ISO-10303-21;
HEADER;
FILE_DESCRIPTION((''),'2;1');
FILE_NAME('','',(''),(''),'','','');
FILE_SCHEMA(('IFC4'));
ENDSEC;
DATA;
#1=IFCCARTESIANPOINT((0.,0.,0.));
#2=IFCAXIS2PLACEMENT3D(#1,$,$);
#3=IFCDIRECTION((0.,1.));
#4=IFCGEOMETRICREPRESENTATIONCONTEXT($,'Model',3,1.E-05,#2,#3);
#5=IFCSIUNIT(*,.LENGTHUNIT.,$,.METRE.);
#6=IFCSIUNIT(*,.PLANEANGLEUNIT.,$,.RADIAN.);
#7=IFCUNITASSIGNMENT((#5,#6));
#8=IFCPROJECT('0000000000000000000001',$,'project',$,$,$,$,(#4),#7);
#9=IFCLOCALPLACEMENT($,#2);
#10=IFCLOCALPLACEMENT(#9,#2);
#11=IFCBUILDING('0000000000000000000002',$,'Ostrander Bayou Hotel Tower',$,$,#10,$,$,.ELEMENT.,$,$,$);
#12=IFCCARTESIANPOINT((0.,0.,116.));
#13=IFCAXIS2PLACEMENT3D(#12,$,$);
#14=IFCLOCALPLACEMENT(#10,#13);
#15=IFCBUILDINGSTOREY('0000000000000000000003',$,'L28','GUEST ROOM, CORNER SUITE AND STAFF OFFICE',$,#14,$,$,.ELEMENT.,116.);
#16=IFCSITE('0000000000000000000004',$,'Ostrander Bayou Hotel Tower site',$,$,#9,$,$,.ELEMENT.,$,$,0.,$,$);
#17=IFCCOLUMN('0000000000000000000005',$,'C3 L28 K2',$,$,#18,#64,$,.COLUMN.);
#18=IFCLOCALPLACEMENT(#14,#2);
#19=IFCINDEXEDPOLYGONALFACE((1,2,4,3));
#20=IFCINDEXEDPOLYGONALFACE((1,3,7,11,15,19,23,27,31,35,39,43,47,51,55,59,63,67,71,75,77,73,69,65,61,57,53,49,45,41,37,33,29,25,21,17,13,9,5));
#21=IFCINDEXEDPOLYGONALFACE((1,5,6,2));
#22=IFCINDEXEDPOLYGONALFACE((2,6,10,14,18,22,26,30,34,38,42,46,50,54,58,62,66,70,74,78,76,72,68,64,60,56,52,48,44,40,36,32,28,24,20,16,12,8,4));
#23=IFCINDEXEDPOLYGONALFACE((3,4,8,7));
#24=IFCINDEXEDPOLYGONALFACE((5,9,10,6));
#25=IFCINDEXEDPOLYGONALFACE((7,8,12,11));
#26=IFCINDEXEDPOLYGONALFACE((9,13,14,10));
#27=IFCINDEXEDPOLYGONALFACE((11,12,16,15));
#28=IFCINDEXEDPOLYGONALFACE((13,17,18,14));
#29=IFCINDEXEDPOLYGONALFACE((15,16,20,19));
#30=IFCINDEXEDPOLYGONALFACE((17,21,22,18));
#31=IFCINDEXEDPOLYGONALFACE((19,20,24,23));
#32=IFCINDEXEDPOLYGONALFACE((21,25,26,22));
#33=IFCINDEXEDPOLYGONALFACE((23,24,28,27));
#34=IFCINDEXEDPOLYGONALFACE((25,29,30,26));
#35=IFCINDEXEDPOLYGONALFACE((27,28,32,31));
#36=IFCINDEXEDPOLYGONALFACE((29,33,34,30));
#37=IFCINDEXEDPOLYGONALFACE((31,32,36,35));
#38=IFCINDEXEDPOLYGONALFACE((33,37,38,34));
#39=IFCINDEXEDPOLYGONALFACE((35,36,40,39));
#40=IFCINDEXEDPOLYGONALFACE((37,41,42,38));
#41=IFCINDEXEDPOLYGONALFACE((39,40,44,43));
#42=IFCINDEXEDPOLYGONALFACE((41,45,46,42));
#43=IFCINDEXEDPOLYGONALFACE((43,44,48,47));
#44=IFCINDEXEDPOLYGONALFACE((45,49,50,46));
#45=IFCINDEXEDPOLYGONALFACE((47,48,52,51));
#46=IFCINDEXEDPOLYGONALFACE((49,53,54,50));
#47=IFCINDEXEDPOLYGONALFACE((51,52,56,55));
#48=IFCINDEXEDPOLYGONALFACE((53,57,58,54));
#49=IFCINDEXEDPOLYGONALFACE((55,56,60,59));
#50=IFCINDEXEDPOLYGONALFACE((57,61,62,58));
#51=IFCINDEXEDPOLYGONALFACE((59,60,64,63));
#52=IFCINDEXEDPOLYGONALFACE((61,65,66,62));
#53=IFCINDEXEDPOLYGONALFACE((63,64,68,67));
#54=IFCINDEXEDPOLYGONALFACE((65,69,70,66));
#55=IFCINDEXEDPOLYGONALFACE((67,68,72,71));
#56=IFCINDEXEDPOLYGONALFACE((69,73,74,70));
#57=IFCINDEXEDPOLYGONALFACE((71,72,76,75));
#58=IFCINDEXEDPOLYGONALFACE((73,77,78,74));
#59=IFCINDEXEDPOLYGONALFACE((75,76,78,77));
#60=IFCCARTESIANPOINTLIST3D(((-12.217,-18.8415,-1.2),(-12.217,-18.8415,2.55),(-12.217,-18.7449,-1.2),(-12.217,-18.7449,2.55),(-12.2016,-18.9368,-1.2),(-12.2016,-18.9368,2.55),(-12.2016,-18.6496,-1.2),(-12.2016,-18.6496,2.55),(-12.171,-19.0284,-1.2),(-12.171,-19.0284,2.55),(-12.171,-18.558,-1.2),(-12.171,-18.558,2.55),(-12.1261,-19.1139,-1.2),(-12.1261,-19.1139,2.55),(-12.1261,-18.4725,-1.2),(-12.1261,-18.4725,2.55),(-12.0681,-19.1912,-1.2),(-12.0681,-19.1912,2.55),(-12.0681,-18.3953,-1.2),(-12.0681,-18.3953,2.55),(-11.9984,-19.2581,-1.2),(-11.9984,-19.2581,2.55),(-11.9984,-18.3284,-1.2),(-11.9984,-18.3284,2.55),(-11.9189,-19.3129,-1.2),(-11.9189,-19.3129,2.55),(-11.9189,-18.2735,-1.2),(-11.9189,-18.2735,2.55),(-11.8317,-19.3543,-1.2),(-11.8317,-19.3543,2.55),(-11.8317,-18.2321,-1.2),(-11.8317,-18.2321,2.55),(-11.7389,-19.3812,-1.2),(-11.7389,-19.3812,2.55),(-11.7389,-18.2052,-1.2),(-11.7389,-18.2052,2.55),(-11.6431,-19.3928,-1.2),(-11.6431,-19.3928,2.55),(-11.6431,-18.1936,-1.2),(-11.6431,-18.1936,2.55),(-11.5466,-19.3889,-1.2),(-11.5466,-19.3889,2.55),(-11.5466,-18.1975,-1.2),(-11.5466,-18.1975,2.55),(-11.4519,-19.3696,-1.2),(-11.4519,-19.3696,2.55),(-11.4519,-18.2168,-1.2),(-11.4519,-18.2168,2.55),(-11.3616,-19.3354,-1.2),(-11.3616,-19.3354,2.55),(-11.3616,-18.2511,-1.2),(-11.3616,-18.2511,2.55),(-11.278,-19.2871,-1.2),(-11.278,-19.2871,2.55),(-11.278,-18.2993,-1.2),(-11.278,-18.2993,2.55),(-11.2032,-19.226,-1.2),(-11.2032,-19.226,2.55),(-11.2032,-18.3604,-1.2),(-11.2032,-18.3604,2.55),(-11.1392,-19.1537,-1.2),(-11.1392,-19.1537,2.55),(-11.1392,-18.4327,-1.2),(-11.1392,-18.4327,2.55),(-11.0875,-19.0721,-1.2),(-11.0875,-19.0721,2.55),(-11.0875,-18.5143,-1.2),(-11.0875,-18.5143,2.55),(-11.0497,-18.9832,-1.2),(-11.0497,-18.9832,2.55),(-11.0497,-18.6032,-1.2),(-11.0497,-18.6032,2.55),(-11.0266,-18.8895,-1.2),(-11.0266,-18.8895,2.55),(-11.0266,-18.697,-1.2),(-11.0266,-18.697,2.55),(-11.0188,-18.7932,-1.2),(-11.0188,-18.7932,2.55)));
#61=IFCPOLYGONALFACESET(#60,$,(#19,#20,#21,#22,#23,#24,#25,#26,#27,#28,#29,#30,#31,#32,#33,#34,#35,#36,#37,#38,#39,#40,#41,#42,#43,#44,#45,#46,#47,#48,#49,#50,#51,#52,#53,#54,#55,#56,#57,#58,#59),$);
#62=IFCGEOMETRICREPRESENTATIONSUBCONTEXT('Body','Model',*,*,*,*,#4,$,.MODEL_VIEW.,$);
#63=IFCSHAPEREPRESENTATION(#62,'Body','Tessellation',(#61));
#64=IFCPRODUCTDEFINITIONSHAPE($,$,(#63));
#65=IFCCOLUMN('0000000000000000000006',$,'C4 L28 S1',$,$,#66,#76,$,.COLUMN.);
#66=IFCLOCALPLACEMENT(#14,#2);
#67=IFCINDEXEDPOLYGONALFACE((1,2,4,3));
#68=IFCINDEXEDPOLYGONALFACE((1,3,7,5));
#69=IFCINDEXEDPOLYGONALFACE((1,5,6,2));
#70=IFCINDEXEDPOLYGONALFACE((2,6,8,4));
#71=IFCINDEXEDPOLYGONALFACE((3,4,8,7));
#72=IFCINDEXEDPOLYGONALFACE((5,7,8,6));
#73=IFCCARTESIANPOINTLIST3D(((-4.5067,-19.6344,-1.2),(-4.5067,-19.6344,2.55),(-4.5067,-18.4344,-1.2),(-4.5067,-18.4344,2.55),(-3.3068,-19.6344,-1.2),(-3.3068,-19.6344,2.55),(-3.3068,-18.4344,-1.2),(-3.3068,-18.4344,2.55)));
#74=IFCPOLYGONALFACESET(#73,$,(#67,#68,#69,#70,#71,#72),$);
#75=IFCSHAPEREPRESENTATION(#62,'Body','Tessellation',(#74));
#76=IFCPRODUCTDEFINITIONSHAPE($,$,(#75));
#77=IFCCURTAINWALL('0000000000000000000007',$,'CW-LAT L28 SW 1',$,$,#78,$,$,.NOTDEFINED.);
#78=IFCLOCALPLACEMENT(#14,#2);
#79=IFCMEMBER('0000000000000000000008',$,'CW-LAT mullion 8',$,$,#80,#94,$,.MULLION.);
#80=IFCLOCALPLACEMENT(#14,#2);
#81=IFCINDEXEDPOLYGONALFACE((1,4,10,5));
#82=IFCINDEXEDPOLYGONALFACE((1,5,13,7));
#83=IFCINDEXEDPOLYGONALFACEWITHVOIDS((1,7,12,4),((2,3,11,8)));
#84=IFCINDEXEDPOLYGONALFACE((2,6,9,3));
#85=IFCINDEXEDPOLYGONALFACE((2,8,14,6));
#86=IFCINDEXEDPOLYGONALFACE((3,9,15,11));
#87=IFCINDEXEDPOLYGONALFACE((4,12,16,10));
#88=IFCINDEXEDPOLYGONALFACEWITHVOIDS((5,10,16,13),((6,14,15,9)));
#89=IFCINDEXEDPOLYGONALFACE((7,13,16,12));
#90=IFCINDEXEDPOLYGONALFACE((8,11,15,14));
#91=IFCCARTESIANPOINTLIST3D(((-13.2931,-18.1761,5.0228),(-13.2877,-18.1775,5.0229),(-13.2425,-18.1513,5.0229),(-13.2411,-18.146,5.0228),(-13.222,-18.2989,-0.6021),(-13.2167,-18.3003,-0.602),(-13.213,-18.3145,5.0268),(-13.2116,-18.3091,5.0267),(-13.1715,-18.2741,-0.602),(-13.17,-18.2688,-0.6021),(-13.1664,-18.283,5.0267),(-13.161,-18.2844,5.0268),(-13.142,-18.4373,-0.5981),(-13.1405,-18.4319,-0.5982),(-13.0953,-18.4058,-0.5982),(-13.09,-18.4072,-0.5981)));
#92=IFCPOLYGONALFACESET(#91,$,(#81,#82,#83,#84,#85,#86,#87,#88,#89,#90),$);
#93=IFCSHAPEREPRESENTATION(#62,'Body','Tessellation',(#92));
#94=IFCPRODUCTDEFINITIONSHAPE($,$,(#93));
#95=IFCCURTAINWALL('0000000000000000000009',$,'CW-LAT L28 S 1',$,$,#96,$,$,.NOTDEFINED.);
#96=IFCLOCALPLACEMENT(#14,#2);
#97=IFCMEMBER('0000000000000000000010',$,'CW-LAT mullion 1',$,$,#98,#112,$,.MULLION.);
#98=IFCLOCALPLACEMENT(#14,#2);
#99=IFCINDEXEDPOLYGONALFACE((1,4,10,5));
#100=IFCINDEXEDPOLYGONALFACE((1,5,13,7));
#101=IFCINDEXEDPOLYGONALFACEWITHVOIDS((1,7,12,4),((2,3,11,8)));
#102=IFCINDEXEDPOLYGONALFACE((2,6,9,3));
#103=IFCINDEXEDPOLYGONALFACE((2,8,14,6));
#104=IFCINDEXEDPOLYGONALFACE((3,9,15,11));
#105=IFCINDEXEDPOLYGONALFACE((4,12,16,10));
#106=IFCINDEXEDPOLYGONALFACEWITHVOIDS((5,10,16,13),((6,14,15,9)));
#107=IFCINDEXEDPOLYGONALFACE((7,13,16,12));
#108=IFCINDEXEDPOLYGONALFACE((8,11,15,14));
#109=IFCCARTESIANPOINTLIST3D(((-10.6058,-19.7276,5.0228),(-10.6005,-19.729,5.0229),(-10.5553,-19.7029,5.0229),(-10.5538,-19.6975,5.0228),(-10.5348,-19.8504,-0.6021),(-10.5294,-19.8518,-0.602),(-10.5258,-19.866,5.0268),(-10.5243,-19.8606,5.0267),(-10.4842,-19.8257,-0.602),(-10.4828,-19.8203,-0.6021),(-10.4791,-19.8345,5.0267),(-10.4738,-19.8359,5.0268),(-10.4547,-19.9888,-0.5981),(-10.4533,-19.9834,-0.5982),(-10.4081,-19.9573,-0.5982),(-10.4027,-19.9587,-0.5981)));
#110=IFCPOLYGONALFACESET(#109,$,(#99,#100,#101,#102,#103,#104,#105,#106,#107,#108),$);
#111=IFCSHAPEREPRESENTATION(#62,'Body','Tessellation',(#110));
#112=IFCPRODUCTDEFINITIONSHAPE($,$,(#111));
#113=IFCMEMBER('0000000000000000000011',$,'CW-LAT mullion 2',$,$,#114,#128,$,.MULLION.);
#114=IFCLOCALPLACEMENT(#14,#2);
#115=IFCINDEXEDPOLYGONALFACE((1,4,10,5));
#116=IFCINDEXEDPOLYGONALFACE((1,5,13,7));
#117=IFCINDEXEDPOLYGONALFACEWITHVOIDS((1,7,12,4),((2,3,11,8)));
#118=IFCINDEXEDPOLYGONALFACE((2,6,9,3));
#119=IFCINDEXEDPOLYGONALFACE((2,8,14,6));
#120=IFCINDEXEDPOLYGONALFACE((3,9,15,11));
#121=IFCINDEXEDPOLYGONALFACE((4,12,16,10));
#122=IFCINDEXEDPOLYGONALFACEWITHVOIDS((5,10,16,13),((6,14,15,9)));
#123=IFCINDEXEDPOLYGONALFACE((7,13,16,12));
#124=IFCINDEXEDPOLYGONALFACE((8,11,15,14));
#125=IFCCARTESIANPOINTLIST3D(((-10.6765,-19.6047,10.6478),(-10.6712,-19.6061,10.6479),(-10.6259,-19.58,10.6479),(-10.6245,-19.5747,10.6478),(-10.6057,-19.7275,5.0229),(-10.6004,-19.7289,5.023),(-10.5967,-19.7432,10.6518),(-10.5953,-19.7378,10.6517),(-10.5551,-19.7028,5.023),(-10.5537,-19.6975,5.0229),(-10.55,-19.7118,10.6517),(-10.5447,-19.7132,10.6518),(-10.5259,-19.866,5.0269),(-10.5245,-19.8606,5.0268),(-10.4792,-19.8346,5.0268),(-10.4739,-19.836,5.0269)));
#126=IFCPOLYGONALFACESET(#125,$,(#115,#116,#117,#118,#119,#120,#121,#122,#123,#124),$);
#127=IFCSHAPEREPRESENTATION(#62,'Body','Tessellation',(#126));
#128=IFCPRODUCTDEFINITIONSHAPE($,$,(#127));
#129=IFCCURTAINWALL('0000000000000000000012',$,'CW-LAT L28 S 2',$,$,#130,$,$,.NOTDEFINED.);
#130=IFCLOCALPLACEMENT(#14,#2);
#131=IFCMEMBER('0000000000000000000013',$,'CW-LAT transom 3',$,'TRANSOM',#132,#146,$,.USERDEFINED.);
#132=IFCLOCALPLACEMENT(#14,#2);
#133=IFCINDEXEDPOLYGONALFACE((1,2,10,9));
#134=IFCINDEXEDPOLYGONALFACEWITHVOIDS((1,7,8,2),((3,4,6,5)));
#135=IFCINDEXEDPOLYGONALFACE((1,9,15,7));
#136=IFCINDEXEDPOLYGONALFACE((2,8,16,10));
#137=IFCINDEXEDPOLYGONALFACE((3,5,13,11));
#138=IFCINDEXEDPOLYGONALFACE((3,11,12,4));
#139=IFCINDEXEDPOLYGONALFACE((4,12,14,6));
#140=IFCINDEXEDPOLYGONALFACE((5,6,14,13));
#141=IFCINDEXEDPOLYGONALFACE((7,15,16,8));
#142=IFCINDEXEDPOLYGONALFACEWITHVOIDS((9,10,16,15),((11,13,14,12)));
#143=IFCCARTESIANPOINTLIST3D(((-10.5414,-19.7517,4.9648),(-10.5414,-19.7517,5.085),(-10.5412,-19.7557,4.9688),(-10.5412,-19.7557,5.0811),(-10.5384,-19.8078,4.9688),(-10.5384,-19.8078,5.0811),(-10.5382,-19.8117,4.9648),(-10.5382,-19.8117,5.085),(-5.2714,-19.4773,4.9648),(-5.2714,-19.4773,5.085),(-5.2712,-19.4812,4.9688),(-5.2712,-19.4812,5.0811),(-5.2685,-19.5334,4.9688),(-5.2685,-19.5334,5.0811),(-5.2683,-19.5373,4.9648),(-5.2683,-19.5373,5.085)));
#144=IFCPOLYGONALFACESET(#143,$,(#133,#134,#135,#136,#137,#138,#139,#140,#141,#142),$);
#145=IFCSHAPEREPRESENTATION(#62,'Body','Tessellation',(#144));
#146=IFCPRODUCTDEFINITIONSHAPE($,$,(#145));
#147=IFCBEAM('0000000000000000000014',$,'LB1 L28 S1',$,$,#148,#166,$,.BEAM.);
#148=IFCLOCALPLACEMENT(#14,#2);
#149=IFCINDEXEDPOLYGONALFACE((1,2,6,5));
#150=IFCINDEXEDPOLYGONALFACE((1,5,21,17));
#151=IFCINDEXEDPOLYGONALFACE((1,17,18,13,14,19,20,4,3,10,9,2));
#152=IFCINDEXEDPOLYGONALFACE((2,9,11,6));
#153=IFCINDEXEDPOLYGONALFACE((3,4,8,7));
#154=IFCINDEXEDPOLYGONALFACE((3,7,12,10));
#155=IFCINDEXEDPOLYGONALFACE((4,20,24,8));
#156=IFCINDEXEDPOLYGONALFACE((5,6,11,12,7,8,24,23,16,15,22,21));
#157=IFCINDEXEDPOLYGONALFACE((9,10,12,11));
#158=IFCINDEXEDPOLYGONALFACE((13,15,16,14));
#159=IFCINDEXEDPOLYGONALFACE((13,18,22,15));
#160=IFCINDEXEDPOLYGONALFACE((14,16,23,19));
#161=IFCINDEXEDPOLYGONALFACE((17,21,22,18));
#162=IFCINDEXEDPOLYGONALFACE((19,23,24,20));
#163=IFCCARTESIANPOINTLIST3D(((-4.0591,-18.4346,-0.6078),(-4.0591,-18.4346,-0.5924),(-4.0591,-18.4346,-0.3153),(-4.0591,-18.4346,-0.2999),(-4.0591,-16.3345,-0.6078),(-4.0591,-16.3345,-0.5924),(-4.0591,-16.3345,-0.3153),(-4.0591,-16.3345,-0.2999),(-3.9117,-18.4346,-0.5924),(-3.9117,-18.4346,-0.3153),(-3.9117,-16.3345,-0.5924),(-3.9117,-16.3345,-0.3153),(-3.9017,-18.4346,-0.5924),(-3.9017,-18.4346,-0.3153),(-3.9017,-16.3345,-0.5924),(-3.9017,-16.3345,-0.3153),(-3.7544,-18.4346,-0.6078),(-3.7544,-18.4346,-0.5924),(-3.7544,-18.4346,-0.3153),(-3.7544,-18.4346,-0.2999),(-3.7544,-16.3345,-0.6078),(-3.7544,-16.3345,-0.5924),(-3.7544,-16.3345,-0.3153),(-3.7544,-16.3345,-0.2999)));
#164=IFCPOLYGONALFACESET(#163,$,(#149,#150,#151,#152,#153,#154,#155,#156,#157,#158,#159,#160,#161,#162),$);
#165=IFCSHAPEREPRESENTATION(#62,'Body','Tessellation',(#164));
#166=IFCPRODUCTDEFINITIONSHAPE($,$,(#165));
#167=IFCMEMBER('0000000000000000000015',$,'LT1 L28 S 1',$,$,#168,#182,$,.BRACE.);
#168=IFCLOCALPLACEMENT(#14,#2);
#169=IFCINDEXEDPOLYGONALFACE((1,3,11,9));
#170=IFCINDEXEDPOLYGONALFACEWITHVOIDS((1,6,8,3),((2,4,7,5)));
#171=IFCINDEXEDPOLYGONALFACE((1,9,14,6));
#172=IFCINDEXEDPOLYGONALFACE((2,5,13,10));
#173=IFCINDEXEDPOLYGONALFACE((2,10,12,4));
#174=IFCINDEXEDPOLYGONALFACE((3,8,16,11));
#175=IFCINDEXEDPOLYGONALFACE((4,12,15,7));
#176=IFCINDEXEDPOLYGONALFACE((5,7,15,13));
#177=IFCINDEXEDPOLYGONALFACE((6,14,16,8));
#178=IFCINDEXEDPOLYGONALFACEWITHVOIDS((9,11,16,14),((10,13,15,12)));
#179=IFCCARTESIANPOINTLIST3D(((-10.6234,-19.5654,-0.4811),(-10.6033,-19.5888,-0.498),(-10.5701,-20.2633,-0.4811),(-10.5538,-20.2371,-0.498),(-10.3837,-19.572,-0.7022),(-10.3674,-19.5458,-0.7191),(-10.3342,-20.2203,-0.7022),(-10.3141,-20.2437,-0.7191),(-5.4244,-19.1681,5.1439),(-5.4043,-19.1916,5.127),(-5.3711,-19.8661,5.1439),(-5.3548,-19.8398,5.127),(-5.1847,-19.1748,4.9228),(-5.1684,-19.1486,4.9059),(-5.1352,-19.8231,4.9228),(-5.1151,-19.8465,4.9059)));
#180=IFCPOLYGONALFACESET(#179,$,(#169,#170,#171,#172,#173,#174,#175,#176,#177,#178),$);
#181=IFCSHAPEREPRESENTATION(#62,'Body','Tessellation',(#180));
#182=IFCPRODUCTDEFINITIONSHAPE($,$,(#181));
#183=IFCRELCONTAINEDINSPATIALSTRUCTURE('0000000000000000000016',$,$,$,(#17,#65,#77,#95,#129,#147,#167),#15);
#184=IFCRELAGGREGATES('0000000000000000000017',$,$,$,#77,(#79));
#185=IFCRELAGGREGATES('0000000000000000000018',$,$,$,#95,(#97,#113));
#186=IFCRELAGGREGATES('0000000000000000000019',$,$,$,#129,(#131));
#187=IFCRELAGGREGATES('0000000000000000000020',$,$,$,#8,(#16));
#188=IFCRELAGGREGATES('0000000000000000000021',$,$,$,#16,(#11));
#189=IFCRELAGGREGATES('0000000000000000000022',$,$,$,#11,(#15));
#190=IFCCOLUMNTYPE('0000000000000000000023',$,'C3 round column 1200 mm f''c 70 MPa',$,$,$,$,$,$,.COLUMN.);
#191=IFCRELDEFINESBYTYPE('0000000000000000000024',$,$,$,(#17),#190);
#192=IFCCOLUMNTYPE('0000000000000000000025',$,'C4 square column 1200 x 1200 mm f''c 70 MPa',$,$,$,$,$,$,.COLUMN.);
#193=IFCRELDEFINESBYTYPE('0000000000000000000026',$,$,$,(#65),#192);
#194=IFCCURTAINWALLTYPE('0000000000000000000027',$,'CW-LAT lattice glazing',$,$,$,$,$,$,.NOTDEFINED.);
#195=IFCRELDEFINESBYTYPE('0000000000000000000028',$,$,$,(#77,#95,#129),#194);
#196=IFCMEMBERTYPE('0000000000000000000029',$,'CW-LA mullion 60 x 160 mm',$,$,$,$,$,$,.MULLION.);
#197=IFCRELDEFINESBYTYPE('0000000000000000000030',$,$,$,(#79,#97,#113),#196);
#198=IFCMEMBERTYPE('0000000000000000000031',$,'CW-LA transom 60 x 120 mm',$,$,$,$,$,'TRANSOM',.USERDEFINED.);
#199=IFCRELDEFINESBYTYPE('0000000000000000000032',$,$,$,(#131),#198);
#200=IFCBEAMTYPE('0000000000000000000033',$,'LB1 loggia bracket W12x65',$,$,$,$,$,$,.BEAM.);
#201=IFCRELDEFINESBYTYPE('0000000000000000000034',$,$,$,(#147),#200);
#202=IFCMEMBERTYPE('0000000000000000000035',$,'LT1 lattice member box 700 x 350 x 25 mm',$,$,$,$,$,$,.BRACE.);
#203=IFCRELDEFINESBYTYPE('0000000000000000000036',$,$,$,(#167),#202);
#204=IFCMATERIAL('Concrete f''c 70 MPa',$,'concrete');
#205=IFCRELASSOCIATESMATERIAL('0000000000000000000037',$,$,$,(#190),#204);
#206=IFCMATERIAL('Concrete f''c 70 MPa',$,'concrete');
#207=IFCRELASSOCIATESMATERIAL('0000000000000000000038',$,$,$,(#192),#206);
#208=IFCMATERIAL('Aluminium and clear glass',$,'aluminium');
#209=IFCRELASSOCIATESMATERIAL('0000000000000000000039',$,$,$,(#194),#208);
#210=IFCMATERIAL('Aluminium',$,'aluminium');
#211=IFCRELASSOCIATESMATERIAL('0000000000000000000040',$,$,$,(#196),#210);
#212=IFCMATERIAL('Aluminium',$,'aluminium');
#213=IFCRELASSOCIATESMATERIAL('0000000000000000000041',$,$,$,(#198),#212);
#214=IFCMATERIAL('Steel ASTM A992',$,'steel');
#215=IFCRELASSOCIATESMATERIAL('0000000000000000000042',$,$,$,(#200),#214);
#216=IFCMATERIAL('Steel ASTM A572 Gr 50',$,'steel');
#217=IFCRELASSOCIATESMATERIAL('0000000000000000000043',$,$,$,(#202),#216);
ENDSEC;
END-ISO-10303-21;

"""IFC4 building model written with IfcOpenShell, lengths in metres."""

from ifc_helpers import new_model, si_unit, direction, frame, origin, origin_2d, place, context, subcontext, project, spatial, rectangle, hollow_rectangle, circle, i_section, extrude, material, material_profile, profile_set, type_object, element, aggregate, save


model = new_model("IFC4")

# Units and contexts
model_context = context("Model", 3, precision=1e-05, world=origin(), true_north=direction((0.0, 1.0)))
body_context = subcontext(model_context, "Body", "Model", "MODEL_VIEW")
ifc_project = project(units=[si_unit("LENGTHUNIT", "METRE"), si_unit("PLANEANGLEUNIT", "RADIAN")], contexts=[model_context])

# Site, building, storey
site_placement = place(None, origin())
site = spatial("IfcSite", under=ifc_project, at=site_placement, Name="Ostrander Bayou Hotel Tower site", CompositionType="ELEMENT", RefElevation=0.0)
building_placement = place(site_placement, origin())
building = spatial("IfcBuilding", under=site, at=building_placement, Name="Ostrander Bayou Hotel Tower", CompositionType="ELEMENT")
storey_placement = place(building_placement, frame((0.0, 0.0, 116.0)))
storey = spatial("IfcBuildingStorey", under=building, at=storey_placement, Name="L28", Description="GUEST ROOM, CORNER SUITE AND STAFF OFFICE", CompositionType="ELEMENT", Elevation=116.0)

# Columns
ifc_material_1 = material(Name="Concrete f'c 70 MPa", Category="concrete")
ifc_material_profile_1 = material_profile(ifc_material_1, circle(Radius=0.6001, at=origin_2d()))
ifc_profile_set_1 = profile_set([ifc_material_profile_1], Name="Concrete f'c 70 MPa")
column_type_1 = type_object("IfcColumnType", Name="C3 round column 1200 mm f'c 70 MPa", PredefinedType="COLUMN", material=ifc_profile_set_1)
column_1_placement = place(storey_placement, frame((-11.6189, -18.7932, -1.2), z_axis=(0.0, 0.0, 1.0), x_axis=(1.0, 0.0, 0.0)))
element("IfcColumn", 1, at=column_1_placement, inside=storey, type_object=column_type_1, Name="C3 L28 K2", PredefinedType="COLUMN", context=body_context, shape_type="SweptSolid", body=[
    extrude(circle(Radius=0.6001, at=origin_2d()), origin(), (0.0, 0.0, 1.0), 3.75),
])
ifc_material_2 = material(Name="Concrete f'c 70 MPa", Category="concrete")
ifc_material_profile_2 = material_profile(ifc_material_2, rectangle(XDim=1.2, YDim=1.2, at=origin_2d()))
ifc_profile_set_2 = profile_set([ifc_material_profile_2], Name="Concrete f'c 70 MPa")
column_type_2 = type_object("IfcColumnType", Name="C4 square column 1200 x 1200 mm f'c 70 MPa", PredefinedType="COLUMN", material=ifc_profile_set_2)
column_2_placement = place(storey_placement, frame((-3.9067, -19.0344, -1.2), z_axis=(0.0, 0.0, 1.0), x_axis=(-1.0, 0.0, 0.0)))
element("IfcColumn", 2, at=column_2_placement, inside=storey, type_object=column_type_2, Name="C4 L28 S1", PredefinedType="COLUMN", context=body_context, shape_type="SweptSolid", body=[
    extrude(rectangle(XDim=1.2, YDim=1.2, at=origin_2d()), origin(), (0.0, 0.0, 1.0), 3.75),
])

# Curtain wall, member
ifc_material_3 = material(Name="Aluminium and clear glass", Category="aluminium")
curtain_wall_type = type_object("IfcCurtainWallType", Name="CW-LAT lattice glazing", PredefinedType="NOTDEFINED", material=ifc_material_3)
curtain_wall_1_placement = place(storey_placement, origin())
curtain_wall_1 = element("IfcCurtainWall", 3, at=curtain_wall_1_placement, inside=storey, type_object=curtain_wall_type, Name="CW-LAT L28 SW 1", PredefinedType="NOTDEFINED")
ifc_material_4 = material(Name="Aluminium", Category="aluminium")
ifc_material_profile_3 = material_profile(ifc_material_4, hollow_rectangle(XDim=0.0601, YDim=0.1599, WallThickness=0.0039, at=origin_2d()))
ifc_profile_set_3 = profile_set([ifc_material_profile_3], Name="Aluminium")
member_type_1 = type_object("IfcMemberType", Name="CW-LA mullion 60 x 160 mm", PredefinedType="MULLION", material=ifc_profile_set_3)
member_1_placement = place(storey_placement, frame((-13.156, -18.353, -0.6001), z_axis=(-0.012626, 0.021825, 0.999682), x_axis=(-0.865583, -0.500765, 0.0)))
member_1 = element("IfcMember", 4, at=member_1_placement, type_object=member_type_1, Name="CW-LAT mullion 8", PredefinedType="MULLION", context=body_context, shape_type="SweptSolid", body=[
    extrude(hollow_rectangle(XDim=0.0601, YDim=0.1599, WallThickness=0.0039, at=origin_2d()), origin(), (0.0, 0.0, 1.0), 5.6267),
])
aggregate(curtain_wall_1, [member_1])

# Curtain wall, members
curtain_wall_2_placement = place(storey_placement, origin())
curtain_wall_2 = element("IfcCurtainWall", 5, at=curtain_wall_2_placement, inside=storey, type_object=curtain_wall_type, Name="CW-LAT L28 S 1", PredefinedType="NOTDEFINED")
member_2_placement = place(storey_placement, frame((-10.4688, -19.9045, -0.6001), z_axis=(-0.012626, 0.021825, 0.999682), x_axis=(-0.865583, -0.500765, 0.0)))
member_2 = element("IfcMember", 6, at=member_2_placement, type_object=member_type_1, Name="CW-LAT mullion 1", PredefinedType="MULLION", context=body_context, shape_type="SweptSolid", body=[
    extrude(hollow_rectangle(XDim=0.0601, YDim=0.1599, WallThickness=0.0039, at=origin_2d()), origin(), (0.0, 0.0, 1.0), 5.6267),
])
member_3_placement = place(storey_placement, frame((-10.5398, -19.7817, 5.0249), z_axis=(-0.012583, 0.021825, 0.999683), x_axis=(-0.866329, -0.499474, 0.0)))
member_3 = element("IfcMember", 7, at=member_3_placement, type_object=member_type_1, Name="CW-LAT mullion 2", PredefinedType="MULLION", context=body_context, shape_type="SweptSolid", body=[
    extrude(hollow_rectangle(XDim=0.0601, YDim=0.1599, WallThickness=0.0039, at=origin_2d()), origin(), (0.0, 0.0, 1.0), 5.6267),
])

# Curtain wall, member
curtain_wall_3_placement = place(storey_placement, origin())
curtain_wall_3 = element("IfcCurtainWall", 8, at=curtain_wall_3_placement, inside=storey, type_object=curtain_wall_type, Name="CW-LAT L28 S 2", PredefinedType="NOTDEFINED")
ifc_material_5 = material(Name="Aluminium", Category="aluminium")
ifc_material_profile_4 = material_profile(ifc_material_5, hollow_rectangle(XDim=0.0601, YDim=0.1201, WallThickness=0.0039, at=origin_2d()))
ifc_profile_set_4 = profile_set([ifc_material_profile_4], Name="Aluminium")
member_type_2 = type_object("IfcMemberType", Name="CW-LA transom 60 x 120 mm", ElementType="TRANSOM", PredefinedType="USERDEFINED", material=ifc_profile_set_4)
member_4_placement = place(storey_placement, frame((-10.5398, -19.7817, 5.0249), z_axis=(0.998647, 0.052, 0.0), x_axis=(-0.052, 0.998647, 0.0)))
member_4 = element("IfcMember", 9, at=member_4_placement, type_object=member_type_2, Name="CW-LAT transom 3", ObjectType="TRANSOM", PredefinedType="USERDEFINED", context=body_context, shape_type="SweptSolid", body=[
    extrude(hollow_rectangle(XDim=0.0601, YDim=0.1201, WallThickness=0.0039, at=origin_2d()), origin(), (0.0, 0.0, 1.0), 5.2771),
])

# Beam
ifc_material_6 = material(Name="Steel ASTM A992", Category="steel")
ifc_material_profile_5 = material_profile(ifc_material_6, i_section(OverallWidth=0.3047, OverallDepth=0.3079, WebThickness=0.01, FlangeThickness=0.0154, at=origin_2d()))
ifc_profile_set_5 = profile_set([ifc_material_profile_5], Name="Steel ASTM A992")
beam_type_1 = type_object("IfcBeamType", Name="LB1 loggia bracket W12x65", PredefinedType="BEAM", material=ifc_profile_set_5)
beam_1_placement = place(storey_placement, frame((-3.9067, -18.4346, -0.4539), z_axis=(0.0, 1.0, 0.0), x_axis=(-1.0, 0.0, 0.0)))
element("IfcBeam", 10, at=beam_1_placement, inside=storey, type_object=beam_type_1, Name="LB1 L28 S1", PredefinedType="BEAM", context=body_context, shape_type="SweptSolid", body=[
    extrude(i_section(OverallWidth=0.3047, OverallDepth=0.3079, WebThickness=0.01, FlangeThickness=0.0154, at=origin_2d()), origin(), (0.0, 0.0, 1.0), 2.1001),
])

# Member
ifc_material_7 = material(Name="Steel ASTM A572 Gr 50", Category="steel")
ifc_material_profile_6 = material_profile(ifc_material_7, hollow_rectangle(XDim=0.7, YDim=0.3501, WallThickness=0.0249, at=origin_2d()))
ifc_profile_set_6 = profile_set([ifc_material_profile_6], Name="Steel ASTM A572 Gr 50")
member_type_3 = type_object("IfcMemberType", Name="LT1 lattice member box 700 x 350 x 25 mm", PredefinedType="BRACE", material=ifc_profile_set_6)
member_5_placement = place(storey_placement, frame((-5.2698, -19.5073, 5.0249), z_axis=(-0.677839, -0.051789, -0.733384), x_axis=(0.076181, -0.997094, 0.0)))
element("IfcMember", 11, at=member_5_placement, inside=storey, type_object=member_type_3, Name="LT1 L28 S 1", PredefinedType="BRACE", context=body_context, shape_type="SweptSolid", body=[
    extrude(hollow_rectangle(XDim=0.7, YDim=0.3501, WallThickness=0.0249, at=origin_2d()), origin(), (0.0, 0.0, 1.0), 7.6699),
])

aggregate(curtain_wall_2, [member_2, member_3])
aggregate(curtain_wall_3, [member_4])

save(model, "model.ifc")
